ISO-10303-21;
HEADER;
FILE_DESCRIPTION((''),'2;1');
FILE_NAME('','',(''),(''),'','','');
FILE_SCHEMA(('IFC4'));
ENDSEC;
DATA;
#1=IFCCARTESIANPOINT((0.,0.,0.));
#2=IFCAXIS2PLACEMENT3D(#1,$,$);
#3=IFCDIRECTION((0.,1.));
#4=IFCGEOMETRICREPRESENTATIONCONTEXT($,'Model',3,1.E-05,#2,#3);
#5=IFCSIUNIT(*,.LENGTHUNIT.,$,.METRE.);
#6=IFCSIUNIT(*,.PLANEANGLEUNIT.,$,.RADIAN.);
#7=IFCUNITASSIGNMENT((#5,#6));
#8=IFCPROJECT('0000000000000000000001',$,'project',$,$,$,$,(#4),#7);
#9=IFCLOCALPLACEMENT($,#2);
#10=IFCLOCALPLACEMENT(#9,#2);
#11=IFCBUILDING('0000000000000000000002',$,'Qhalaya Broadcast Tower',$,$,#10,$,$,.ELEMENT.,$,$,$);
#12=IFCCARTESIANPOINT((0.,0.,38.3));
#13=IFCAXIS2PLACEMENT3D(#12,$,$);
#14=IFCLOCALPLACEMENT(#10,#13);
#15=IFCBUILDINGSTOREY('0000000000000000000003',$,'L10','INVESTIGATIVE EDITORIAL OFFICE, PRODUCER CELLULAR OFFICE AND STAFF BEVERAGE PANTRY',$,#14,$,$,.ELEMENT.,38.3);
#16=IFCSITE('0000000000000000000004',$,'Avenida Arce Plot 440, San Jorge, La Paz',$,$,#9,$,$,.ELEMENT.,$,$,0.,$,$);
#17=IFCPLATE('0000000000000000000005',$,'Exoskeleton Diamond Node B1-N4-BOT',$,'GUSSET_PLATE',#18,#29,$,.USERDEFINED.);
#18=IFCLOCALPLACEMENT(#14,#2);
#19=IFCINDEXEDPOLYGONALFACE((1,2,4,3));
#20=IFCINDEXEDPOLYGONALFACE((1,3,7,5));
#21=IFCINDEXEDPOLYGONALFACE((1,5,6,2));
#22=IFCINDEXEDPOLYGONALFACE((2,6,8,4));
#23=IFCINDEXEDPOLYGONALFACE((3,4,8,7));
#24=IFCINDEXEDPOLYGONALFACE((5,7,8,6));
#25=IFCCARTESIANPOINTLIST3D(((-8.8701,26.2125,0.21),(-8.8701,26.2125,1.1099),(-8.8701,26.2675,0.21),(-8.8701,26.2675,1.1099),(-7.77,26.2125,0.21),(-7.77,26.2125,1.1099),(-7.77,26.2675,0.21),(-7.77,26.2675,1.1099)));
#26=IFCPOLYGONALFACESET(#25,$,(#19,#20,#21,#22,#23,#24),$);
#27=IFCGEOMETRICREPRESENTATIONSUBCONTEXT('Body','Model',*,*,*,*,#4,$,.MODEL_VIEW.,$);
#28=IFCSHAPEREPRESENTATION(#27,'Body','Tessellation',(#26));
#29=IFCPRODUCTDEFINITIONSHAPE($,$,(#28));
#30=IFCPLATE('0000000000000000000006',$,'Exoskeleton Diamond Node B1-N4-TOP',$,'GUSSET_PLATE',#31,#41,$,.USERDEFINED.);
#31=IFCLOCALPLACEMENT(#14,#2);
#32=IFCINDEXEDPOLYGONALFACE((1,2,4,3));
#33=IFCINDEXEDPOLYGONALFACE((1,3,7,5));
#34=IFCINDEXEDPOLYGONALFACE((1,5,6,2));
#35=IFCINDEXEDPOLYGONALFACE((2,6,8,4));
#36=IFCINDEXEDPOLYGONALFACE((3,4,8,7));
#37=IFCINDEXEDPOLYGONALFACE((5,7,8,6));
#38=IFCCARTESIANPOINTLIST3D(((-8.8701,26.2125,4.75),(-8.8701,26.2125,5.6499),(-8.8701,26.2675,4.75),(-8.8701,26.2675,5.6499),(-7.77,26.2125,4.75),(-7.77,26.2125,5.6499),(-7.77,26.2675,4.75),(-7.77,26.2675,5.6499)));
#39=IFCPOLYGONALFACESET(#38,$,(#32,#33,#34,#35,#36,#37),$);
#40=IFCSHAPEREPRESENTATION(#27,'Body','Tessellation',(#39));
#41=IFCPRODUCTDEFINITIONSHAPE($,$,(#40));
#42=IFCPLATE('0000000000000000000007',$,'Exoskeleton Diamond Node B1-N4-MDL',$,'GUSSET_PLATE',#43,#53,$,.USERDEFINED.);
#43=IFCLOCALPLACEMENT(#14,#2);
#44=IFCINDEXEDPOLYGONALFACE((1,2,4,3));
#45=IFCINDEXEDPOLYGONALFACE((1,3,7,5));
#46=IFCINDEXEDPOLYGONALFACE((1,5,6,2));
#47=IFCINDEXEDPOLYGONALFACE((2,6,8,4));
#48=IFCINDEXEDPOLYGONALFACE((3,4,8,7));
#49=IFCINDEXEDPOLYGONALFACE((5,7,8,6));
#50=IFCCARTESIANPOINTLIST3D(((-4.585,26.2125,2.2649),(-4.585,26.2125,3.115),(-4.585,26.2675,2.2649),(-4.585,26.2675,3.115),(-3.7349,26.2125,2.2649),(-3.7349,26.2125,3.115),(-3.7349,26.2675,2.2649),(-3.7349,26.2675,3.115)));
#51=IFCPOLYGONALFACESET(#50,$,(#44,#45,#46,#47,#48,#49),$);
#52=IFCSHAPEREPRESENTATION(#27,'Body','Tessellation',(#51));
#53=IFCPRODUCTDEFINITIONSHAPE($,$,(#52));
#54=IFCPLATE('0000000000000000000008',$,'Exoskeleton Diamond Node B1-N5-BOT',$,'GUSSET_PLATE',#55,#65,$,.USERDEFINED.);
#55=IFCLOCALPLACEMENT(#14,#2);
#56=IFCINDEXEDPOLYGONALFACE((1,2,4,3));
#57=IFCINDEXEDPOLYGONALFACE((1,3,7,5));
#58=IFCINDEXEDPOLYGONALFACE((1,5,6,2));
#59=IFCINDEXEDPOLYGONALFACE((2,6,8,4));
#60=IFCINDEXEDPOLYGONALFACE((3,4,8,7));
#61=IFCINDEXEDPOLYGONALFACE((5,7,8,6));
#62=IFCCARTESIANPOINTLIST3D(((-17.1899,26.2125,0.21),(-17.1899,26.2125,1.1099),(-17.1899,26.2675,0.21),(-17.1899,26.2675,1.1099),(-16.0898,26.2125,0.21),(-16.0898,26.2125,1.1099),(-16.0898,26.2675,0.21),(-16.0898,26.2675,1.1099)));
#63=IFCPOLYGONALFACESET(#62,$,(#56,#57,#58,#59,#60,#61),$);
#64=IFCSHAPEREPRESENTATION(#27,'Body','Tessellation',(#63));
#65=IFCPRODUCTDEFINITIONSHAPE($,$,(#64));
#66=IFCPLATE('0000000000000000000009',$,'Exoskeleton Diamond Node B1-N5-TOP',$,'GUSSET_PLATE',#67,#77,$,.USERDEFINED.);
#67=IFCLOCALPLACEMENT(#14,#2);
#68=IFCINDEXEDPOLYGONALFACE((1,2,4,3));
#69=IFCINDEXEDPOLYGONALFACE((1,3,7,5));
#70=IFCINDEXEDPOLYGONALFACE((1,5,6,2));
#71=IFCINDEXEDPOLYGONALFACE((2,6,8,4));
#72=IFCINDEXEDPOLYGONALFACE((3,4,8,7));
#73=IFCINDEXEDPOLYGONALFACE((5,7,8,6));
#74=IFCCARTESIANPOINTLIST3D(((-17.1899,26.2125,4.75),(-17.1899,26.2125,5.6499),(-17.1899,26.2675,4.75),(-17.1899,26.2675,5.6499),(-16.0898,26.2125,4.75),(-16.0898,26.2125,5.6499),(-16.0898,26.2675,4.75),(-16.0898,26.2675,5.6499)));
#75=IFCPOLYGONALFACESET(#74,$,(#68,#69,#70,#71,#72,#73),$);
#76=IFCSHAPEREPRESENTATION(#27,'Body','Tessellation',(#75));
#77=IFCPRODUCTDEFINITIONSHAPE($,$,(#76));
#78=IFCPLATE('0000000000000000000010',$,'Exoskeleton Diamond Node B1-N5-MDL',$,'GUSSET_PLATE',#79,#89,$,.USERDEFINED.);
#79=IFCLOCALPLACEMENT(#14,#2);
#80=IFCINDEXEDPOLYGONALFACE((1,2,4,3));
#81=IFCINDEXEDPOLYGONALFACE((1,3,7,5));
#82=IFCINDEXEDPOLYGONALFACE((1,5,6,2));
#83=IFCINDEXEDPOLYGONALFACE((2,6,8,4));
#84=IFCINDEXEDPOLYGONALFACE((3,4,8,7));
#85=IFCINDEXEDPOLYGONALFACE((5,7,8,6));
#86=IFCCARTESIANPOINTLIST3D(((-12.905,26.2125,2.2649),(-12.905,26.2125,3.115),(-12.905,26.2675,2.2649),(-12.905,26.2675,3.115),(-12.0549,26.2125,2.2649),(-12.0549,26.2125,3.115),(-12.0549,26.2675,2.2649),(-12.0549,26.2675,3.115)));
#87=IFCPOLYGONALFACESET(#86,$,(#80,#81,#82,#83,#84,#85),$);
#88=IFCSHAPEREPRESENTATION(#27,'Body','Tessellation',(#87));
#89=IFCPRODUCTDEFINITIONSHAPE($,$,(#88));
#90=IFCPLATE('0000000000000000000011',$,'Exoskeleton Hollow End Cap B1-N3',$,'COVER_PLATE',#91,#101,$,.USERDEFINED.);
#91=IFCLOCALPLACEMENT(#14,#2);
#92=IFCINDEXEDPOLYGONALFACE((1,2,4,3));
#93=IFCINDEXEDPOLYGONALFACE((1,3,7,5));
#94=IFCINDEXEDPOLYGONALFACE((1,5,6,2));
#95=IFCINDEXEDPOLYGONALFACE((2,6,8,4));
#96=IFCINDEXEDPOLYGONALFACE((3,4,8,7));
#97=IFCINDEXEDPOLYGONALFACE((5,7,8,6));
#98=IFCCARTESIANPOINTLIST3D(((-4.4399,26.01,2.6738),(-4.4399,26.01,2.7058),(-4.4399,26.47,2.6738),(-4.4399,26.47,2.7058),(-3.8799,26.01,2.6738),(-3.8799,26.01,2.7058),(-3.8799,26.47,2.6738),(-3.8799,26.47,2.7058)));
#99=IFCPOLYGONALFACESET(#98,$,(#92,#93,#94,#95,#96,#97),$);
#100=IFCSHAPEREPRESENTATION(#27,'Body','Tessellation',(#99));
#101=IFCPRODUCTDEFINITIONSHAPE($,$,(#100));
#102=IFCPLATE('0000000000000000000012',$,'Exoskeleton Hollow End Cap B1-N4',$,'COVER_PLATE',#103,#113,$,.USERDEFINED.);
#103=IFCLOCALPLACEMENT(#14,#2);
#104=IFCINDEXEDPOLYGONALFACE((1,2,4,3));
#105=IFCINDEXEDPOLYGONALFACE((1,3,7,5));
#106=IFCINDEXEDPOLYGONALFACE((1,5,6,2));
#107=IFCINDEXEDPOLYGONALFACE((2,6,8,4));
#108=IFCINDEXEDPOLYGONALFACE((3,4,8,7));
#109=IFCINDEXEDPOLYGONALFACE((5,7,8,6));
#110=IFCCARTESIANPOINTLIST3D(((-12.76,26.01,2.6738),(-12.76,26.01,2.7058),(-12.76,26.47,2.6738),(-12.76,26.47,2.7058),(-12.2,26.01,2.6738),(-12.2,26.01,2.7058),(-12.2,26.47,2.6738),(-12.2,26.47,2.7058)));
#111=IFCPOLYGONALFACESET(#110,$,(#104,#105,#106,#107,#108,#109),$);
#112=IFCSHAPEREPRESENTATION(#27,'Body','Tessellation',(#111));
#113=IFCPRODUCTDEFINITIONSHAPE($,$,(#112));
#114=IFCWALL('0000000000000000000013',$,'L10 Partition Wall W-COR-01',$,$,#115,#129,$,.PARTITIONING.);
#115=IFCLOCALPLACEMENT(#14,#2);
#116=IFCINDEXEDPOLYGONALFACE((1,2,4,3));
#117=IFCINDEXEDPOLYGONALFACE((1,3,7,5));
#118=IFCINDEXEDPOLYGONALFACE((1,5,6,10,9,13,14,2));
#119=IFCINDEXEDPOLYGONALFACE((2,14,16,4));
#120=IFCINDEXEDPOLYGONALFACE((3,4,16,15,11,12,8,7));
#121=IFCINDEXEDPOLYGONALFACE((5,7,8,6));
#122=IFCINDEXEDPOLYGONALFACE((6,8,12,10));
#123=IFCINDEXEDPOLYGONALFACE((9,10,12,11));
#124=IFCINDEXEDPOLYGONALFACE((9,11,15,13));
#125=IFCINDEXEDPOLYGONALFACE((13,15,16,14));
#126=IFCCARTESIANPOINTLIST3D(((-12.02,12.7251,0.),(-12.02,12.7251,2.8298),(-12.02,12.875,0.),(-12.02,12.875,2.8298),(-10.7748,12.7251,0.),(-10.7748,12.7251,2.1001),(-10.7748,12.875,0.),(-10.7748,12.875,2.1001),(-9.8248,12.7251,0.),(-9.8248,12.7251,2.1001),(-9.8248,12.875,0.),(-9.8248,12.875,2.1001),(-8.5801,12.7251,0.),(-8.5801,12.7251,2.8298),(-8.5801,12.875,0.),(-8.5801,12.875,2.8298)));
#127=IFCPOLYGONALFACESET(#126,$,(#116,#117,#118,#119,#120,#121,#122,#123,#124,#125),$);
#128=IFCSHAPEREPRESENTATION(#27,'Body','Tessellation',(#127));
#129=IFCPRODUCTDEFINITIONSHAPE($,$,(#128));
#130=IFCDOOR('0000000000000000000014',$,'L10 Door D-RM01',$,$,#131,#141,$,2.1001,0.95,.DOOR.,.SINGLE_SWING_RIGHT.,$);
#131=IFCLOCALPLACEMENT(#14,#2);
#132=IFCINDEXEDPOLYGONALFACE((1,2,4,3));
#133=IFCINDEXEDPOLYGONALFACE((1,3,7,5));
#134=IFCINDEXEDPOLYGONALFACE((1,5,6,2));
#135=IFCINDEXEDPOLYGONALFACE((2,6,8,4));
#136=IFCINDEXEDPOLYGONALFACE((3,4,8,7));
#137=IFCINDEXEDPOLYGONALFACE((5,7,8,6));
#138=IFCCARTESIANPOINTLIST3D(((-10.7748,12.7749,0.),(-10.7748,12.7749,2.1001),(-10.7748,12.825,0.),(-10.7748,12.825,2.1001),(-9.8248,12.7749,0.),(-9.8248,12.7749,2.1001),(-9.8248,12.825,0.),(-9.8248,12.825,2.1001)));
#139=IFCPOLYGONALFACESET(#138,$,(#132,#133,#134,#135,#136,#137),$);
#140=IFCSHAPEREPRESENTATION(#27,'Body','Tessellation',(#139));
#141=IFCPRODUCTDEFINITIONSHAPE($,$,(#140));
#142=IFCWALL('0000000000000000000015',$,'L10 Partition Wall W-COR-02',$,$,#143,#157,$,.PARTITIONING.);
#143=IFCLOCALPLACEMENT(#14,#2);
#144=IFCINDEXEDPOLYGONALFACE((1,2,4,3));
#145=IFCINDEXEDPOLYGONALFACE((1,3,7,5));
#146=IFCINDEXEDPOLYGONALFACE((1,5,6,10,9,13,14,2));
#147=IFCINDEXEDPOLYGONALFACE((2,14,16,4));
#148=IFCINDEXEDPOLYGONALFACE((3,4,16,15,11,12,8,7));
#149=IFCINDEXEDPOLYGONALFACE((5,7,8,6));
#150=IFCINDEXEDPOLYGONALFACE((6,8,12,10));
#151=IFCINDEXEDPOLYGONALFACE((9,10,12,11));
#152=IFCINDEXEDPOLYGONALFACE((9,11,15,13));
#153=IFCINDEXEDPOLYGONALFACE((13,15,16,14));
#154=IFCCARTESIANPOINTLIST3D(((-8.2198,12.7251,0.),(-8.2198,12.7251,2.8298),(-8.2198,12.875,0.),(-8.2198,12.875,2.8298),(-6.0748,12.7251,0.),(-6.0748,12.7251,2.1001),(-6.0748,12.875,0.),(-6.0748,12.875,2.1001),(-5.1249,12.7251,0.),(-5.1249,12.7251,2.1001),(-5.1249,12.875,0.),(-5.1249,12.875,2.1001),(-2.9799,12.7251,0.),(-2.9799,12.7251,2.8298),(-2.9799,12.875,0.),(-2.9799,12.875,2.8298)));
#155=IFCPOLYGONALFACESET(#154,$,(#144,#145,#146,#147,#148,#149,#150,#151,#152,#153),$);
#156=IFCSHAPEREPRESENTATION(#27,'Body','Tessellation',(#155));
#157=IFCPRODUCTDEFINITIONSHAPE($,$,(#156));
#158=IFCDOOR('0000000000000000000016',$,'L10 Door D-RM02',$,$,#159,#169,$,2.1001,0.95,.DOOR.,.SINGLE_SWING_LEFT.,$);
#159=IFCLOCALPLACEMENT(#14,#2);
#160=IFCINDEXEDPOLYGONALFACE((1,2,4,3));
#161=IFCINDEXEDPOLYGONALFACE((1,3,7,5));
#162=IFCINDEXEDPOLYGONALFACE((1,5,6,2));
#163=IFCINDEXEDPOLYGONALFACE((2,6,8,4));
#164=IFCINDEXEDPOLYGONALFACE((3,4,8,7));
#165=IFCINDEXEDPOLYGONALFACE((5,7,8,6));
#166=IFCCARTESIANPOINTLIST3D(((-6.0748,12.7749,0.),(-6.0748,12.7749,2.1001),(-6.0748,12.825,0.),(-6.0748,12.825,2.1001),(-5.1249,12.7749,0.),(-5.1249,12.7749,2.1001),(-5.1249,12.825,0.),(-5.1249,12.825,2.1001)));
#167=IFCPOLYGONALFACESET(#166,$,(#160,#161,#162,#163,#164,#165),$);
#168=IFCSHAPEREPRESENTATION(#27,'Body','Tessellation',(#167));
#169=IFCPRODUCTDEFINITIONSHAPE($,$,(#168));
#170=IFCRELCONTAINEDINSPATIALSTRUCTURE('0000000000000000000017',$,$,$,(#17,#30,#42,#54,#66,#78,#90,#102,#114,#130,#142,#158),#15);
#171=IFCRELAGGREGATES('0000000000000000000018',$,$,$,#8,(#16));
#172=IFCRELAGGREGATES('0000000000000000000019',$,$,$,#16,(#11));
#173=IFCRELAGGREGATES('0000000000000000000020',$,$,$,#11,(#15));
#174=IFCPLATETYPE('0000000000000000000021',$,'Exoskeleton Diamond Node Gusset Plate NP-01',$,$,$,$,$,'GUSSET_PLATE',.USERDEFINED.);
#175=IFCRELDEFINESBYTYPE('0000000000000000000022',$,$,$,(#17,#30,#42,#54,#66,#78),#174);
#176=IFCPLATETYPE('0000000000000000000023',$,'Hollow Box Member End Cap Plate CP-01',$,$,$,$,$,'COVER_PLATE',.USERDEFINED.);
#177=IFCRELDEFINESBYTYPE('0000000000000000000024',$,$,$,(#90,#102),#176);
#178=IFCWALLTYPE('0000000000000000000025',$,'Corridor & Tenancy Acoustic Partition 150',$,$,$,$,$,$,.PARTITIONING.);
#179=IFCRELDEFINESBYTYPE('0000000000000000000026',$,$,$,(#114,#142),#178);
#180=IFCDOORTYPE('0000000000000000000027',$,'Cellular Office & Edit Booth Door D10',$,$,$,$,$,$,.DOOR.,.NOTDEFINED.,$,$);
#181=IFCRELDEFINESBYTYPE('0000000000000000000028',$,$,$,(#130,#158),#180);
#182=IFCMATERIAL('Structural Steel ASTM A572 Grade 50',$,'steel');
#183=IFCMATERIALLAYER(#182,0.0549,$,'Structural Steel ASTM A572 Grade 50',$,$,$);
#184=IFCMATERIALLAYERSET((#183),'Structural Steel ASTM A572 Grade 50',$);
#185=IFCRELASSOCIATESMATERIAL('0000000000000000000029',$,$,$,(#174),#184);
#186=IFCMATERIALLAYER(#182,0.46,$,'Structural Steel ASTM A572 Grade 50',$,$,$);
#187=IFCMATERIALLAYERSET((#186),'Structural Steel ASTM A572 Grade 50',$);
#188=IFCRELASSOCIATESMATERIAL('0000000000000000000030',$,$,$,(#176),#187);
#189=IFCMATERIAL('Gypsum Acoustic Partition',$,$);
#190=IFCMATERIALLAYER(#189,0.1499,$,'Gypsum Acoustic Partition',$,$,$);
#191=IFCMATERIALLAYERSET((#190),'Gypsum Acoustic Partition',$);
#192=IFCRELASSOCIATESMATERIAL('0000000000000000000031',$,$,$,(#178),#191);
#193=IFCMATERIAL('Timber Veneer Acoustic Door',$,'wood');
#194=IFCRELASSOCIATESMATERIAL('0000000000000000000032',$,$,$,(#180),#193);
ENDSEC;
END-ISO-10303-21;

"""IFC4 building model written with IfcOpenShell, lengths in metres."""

from ifc_helpers import new_model, si_unit, direction, frame, frame_2d, origin, origin_2d, place, context, subcontext, project, spatial, rectangle, extrude, material, layer, layer_set, type_object, element, fill, save


model = new_model("IFC4")

# Units and contexts
model_context = context("Model", 3, precision=1e-05, world=origin(), true_north=direction((0.0, 1.0)))
body_context = subcontext(model_context, "Body", "Model", "MODEL_VIEW")
ifc_project = project(units=[si_unit("LENGTHUNIT", "METRE"), si_unit("PLANEANGLEUNIT", "RADIAN")], contexts=[model_context])

# Site, building, storey
site_placement = place(None, origin())
site = spatial("IfcSite", under=ifc_project, at=site_placement, Name="Avenida Arce Plot 440, San Jorge, La Paz", CompositionType="ELEMENT", RefElevation=0.0)
building_placement = place(site_placement, origin())
building = spatial("IfcBuilding", under=site, at=building_placement, Name="Qhalaya Broadcast Tower", CompositionType="ELEMENT")
storey_placement = place(building_placement, frame((0.0, 0.0, 38.3)))
storey = spatial("IfcBuildingStorey", under=building, at=storey_placement, Name="L10", Description="INVESTIGATIVE EDITORIAL OFFICE, PRODUCER CELLULAR OFFICE AND STAFF BEVERAGE PANTRY", CompositionType="ELEMENT", Elevation=38.3)

# Shared definitions
ifc_material_1 = material(Name="Structural Steel ASTM A572 Grade 50", Category="steel")

# Plates
ifc_layer_1 = layer(ifc_material_1, 0.0549, Name="Structural Steel ASTM A572 Grade 50")
ifc_layer_set_1 = layer_set([ifc_layer_1], Name="Structural Steel ASTM A572 Grade 50")
plate_type_1 = type_object("IfcPlateType", Name="Exoskeleton Diamond Node Gusset Plate NP-01", ElementType="GUSSET_PLATE", PredefinedType="USERDEFINED", material=ifc_layer_set_1)
for number, where, z_axis, x_axis, name in (
    (1, (-8.3201, 26.24, 0.21), (0.0, 0.0, 1.0), (1.0, 0.0, 0.0), "Exoskeleton Diamond Node B1-N4-BOT"),
    (2, (-8.3201, 26.24, 4.75), (0.0, 0.0, 1.0), (1.0, 0.0, 0.0), "Exoskeleton Diamond Node B1-N4-TOP"),
):
    element("IfcPlate", number, at=place(storey_placement, frame(where, z_axis=z_axis, x_axis=x_axis)), inside=storey, type_object=plate_type_1, Name=name, ObjectType="GUSSET_PLATE", PredefinedType="USERDEFINED", context=body_context, shape_type="SweptSolid", body=[
        extrude(rectangle(XDim=1.1001, YDim=0.0549, at=origin_2d()), origin(), (0.0, 0.0, 1.0), 0.8999),
    ])
plate_1_placement = place(storey_placement, frame((-4.1599, 26.24, 2.2649), z_axis=(0.0, 0.0, 1.0), x_axis=(1.0, 0.0, 0.0)))
element("IfcPlate", 3, at=plate_1_placement, inside=storey, type_object=plate_type_1, Name="Exoskeleton Diamond Node B1-N4-MDL", ObjectType="GUSSET_PLATE", PredefinedType="USERDEFINED", context=body_context, shape_type="SweptSolid", body=[
    extrude(rectangle(XDim=0.8501, YDim=0.0549, at=origin_2d()), origin(), (0.0, 0.0, 1.0), 0.8501),
])
for number, where, z_axis, x_axis, name in (
    (4, (-16.6399, 26.24, 0.21), (0.0, 0.0, 1.0), (1.0, 0.0, 0.0), "Exoskeleton Diamond Node B1-N5-BOT"),
    (5, (-16.6399, 26.24, 4.75), (0.0, 0.0, 1.0), (1.0, 0.0, 0.0), "Exoskeleton Diamond Node B1-N5-TOP"),
):
    element("IfcPlate", number, at=place(storey_placement, frame(where, z_axis=z_axis, x_axis=x_axis)), inside=storey, type_object=plate_type_1, Name=name, ObjectType="GUSSET_PLATE", PredefinedType="USERDEFINED", context=body_context, shape_type="SweptSolid", body=[
        extrude(rectangle(XDim=1.1001, YDim=0.0549, at=origin_2d()), origin(), (0.0, 0.0, 1.0), 0.8999),
    ])
plate_2_placement = place(storey_placement, frame((-12.48, 26.24, 2.2649), z_axis=(0.0, 0.0, 1.0), x_axis=(1.0, 0.0, 0.0)))
element("IfcPlate", 6, at=plate_2_placement, inside=storey, type_object=plate_type_1, Name="Exoskeleton Diamond Node B1-N5-MDL", ObjectType="GUSSET_PLATE", PredefinedType="USERDEFINED", context=body_context, shape_type="SweptSolid", body=[
    extrude(rectangle(XDim=0.8501, YDim=0.0549, at=origin_2d()), origin(), (0.0, 0.0, 1.0), 0.8501),
])
ifc_layer_2 = layer(ifc_material_1, 0.46, Name="Structural Steel ASTM A572 Grade 50")
ifc_layer_set_2 = layer_set([ifc_layer_2], Name="Structural Steel ASTM A572 Grade 50")
plate_type_2 = type_object("IfcPlateType", Name="Hollow Box Member End Cap Plate CP-01", ElementType="COVER_PLATE", PredefinedType="USERDEFINED", material=ifc_layer_set_2)
for number, where, z_axis, x_axis, name in (
    (7, (-4.1599, 26.24, 2.6738), (0.0, 0.0, 1.0), (1.0, 0.0, 0.0), "Exoskeleton Hollow End Cap B1-N3"),
    (8, (-12.48, 26.24, 2.6738), (0.0, 0.0, 1.0), (1.0, 0.0, 0.0), "Exoskeleton Hollow End Cap B1-N4"),
):
    element("IfcPlate", number, at=place(storey_placement, frame(where, z_axis=z_axis, x_axis=x_axis)), inside=storey, type_object=plate_type_2, Name=name, ObjectType="COVER_PLATE", PredefinedType="USERDEFINED", context=body_context, shape_type="SweptSolid", body=[
        extrude(rectangle(XDim=0.5601, YDim=0.46, at=origin_2d()), origin(), (0.0, 0.0, 1.0), 0.032),
    ])

# Walls, openings, doors
ifc_material_2 = material(Name="Gypsum Acoustic Partition")
ifc_layer_3 = layer(ifc_material_2, 0.1499, Name="Gypsum Acoustic Partition")
ifc_layer_set_3 = layer_set([ifc_layer_3], Name="Gypsum Acoustic Partition")
wall_type_1 = type_object("IfcWallType", Name="Corridor & Tenancy Acoustic Partition 150", PredefinedType="PARTITIONING", material=ifc_layer_set_3)
wall_1_placement = place(storey_placement, frame((-12.02, 12.8, 0.0), z_axis=(0.0, 0.0, 1.0), x_axis=(1.0, 0.0, 0.0)))
wall_1 = element("IfcWall", 9, at=wall_1_placement, inside=storey, type_object=wall_type_1, Name="L10 Partition Wall W-COR-01", PredefinedType="PARTITIONING", context=body_context, shape_type="SweptSolid", body=[
    extrude(rectangle(XDim=3.4399, YDim=0.1499, at=frame_2d((1.72, 0.0))), origin(), (0.0, 0.0, 1.0), 2.8298),
])
opening_1_placement = place(wall_1_placement, frame((1.2451, 0.0, 0.0)))
opening_1 = element("IfcOpeningElement", 10, at=opening_1_placement, cuts=wall_1, PredefinedType="OPENING", context=body_context, shape_type="SweptSolid", body=[
    extrude(rectangle(XDim=0.95, YDim=2.1001, at=frame_2d((0.4751, 1.05))), frame((0.0, 0.0869, 0.0), z_axis=(0.0, -1.0, 0.0), x_axis=(1.0, 0.0, 0.0)), (0.0, 0.0, 1.0), 0.1738),
])
ifc_material_3 = material(Name="Timber Veneer Acoustic Door", Category="wood")
door_type = type_object("IfcDoorType", Name="Cellular Office & Edit Booth Door D10", OperationType="NOTDEFINED", PredefinedType="DOOR", material=ifc_material_3)
door_1_placement = place(opening_1_placement, origin())
door_1 = element("IfcDoor", 11, at=door_1_placement, inside=storey, type_object=door_type, Name="L10 Door D-RM01", OperationType="SINGLE_SWING_RIGHT", OverallHeight=2.1001, OverallWidth=0.95, PredefinedType="DOOR", context=body_context, shape_type="SweptSolid", body=[
    extrude(rectangle(XDim=0.95, YDim=2.1001, at=frame_2d((0.4751, 1.05))), frame((0.0, 0.0249, 0.0), z_axis=(0.0, -1.0, 0.0), x_axis=(1.0, 0.0, 0.0)), (0.0, 0.0, 1.0), 0.05),
])
fill(opening_1, door_1)
wall_2_placement = place(storey_placement, frame((-8.22, 12.8, 0.0), z_axis=(0.0, 0.0, 1.0), x_axis=(1.0, 0.0, 0.0)))
wall_2 = element("IfcWall", 12, at=wall_2_placement, inside=storey, type_object=wall_type_1, Name="L10 Partition Wall W-COR-02", PredefinedType="PARTITIONING", context=body_context, shape_type="SweptSolid", body=[
    extrude(rectangle(XDim=5.24, YDim=0.1499, at=frame_2d((2.6201, 0.0))), origin(), (0.0, 0.0, 1.0), 2.8298),
])
opening_2_placement = place(wall_2_placement, frame((2.145, 0.0, 0.0)))
opening_2 = element("IfcOpeningElement", 13, at=opening_2_placement, cuts=wall_2, PredefinedType="OPENING", context=body_context, shape_type="SweptSolid", body=[
    extrude(rectangle(XDim=0.95, YDim=2.1001, at=frame_2d((0.4751, 1.05))), frame((0.0, 0.0869, 0.0), z_axis=(0.0, -1.0, 0.0), x_axis=(1.0, 0.0, 0.0)), (0.0, 0.0, 1.0), 0.1738),
])
door_2_placement = place(opening_2_placement, origin())
door_2 = element("IfcDoor", 14, at=door_2_placement, inside=storey, type_object=door_type, Name="L10 Door D-RM02", OperationType="SINGLE_SWING_LEFT", OverallHeight=2.1001, OverallWidth=0.95, PredefinedType="DOOR", context=body_context, shape_type="SweptSolid", body=[
    extrude(rectangle(XDim=0.95, YDim=2.1001, at=frame_2d((0.4751, 1.05))), frame((0.0, 0.0249, 0.0), z_axis=(0.0, -1.0, 0.0), x_axis=(1.0, 0.0, 0.0)), (0.0, 0.0, 1.0), 0.05),
])
fill(opening_2, door_2)

save(model, "model.ifc")
